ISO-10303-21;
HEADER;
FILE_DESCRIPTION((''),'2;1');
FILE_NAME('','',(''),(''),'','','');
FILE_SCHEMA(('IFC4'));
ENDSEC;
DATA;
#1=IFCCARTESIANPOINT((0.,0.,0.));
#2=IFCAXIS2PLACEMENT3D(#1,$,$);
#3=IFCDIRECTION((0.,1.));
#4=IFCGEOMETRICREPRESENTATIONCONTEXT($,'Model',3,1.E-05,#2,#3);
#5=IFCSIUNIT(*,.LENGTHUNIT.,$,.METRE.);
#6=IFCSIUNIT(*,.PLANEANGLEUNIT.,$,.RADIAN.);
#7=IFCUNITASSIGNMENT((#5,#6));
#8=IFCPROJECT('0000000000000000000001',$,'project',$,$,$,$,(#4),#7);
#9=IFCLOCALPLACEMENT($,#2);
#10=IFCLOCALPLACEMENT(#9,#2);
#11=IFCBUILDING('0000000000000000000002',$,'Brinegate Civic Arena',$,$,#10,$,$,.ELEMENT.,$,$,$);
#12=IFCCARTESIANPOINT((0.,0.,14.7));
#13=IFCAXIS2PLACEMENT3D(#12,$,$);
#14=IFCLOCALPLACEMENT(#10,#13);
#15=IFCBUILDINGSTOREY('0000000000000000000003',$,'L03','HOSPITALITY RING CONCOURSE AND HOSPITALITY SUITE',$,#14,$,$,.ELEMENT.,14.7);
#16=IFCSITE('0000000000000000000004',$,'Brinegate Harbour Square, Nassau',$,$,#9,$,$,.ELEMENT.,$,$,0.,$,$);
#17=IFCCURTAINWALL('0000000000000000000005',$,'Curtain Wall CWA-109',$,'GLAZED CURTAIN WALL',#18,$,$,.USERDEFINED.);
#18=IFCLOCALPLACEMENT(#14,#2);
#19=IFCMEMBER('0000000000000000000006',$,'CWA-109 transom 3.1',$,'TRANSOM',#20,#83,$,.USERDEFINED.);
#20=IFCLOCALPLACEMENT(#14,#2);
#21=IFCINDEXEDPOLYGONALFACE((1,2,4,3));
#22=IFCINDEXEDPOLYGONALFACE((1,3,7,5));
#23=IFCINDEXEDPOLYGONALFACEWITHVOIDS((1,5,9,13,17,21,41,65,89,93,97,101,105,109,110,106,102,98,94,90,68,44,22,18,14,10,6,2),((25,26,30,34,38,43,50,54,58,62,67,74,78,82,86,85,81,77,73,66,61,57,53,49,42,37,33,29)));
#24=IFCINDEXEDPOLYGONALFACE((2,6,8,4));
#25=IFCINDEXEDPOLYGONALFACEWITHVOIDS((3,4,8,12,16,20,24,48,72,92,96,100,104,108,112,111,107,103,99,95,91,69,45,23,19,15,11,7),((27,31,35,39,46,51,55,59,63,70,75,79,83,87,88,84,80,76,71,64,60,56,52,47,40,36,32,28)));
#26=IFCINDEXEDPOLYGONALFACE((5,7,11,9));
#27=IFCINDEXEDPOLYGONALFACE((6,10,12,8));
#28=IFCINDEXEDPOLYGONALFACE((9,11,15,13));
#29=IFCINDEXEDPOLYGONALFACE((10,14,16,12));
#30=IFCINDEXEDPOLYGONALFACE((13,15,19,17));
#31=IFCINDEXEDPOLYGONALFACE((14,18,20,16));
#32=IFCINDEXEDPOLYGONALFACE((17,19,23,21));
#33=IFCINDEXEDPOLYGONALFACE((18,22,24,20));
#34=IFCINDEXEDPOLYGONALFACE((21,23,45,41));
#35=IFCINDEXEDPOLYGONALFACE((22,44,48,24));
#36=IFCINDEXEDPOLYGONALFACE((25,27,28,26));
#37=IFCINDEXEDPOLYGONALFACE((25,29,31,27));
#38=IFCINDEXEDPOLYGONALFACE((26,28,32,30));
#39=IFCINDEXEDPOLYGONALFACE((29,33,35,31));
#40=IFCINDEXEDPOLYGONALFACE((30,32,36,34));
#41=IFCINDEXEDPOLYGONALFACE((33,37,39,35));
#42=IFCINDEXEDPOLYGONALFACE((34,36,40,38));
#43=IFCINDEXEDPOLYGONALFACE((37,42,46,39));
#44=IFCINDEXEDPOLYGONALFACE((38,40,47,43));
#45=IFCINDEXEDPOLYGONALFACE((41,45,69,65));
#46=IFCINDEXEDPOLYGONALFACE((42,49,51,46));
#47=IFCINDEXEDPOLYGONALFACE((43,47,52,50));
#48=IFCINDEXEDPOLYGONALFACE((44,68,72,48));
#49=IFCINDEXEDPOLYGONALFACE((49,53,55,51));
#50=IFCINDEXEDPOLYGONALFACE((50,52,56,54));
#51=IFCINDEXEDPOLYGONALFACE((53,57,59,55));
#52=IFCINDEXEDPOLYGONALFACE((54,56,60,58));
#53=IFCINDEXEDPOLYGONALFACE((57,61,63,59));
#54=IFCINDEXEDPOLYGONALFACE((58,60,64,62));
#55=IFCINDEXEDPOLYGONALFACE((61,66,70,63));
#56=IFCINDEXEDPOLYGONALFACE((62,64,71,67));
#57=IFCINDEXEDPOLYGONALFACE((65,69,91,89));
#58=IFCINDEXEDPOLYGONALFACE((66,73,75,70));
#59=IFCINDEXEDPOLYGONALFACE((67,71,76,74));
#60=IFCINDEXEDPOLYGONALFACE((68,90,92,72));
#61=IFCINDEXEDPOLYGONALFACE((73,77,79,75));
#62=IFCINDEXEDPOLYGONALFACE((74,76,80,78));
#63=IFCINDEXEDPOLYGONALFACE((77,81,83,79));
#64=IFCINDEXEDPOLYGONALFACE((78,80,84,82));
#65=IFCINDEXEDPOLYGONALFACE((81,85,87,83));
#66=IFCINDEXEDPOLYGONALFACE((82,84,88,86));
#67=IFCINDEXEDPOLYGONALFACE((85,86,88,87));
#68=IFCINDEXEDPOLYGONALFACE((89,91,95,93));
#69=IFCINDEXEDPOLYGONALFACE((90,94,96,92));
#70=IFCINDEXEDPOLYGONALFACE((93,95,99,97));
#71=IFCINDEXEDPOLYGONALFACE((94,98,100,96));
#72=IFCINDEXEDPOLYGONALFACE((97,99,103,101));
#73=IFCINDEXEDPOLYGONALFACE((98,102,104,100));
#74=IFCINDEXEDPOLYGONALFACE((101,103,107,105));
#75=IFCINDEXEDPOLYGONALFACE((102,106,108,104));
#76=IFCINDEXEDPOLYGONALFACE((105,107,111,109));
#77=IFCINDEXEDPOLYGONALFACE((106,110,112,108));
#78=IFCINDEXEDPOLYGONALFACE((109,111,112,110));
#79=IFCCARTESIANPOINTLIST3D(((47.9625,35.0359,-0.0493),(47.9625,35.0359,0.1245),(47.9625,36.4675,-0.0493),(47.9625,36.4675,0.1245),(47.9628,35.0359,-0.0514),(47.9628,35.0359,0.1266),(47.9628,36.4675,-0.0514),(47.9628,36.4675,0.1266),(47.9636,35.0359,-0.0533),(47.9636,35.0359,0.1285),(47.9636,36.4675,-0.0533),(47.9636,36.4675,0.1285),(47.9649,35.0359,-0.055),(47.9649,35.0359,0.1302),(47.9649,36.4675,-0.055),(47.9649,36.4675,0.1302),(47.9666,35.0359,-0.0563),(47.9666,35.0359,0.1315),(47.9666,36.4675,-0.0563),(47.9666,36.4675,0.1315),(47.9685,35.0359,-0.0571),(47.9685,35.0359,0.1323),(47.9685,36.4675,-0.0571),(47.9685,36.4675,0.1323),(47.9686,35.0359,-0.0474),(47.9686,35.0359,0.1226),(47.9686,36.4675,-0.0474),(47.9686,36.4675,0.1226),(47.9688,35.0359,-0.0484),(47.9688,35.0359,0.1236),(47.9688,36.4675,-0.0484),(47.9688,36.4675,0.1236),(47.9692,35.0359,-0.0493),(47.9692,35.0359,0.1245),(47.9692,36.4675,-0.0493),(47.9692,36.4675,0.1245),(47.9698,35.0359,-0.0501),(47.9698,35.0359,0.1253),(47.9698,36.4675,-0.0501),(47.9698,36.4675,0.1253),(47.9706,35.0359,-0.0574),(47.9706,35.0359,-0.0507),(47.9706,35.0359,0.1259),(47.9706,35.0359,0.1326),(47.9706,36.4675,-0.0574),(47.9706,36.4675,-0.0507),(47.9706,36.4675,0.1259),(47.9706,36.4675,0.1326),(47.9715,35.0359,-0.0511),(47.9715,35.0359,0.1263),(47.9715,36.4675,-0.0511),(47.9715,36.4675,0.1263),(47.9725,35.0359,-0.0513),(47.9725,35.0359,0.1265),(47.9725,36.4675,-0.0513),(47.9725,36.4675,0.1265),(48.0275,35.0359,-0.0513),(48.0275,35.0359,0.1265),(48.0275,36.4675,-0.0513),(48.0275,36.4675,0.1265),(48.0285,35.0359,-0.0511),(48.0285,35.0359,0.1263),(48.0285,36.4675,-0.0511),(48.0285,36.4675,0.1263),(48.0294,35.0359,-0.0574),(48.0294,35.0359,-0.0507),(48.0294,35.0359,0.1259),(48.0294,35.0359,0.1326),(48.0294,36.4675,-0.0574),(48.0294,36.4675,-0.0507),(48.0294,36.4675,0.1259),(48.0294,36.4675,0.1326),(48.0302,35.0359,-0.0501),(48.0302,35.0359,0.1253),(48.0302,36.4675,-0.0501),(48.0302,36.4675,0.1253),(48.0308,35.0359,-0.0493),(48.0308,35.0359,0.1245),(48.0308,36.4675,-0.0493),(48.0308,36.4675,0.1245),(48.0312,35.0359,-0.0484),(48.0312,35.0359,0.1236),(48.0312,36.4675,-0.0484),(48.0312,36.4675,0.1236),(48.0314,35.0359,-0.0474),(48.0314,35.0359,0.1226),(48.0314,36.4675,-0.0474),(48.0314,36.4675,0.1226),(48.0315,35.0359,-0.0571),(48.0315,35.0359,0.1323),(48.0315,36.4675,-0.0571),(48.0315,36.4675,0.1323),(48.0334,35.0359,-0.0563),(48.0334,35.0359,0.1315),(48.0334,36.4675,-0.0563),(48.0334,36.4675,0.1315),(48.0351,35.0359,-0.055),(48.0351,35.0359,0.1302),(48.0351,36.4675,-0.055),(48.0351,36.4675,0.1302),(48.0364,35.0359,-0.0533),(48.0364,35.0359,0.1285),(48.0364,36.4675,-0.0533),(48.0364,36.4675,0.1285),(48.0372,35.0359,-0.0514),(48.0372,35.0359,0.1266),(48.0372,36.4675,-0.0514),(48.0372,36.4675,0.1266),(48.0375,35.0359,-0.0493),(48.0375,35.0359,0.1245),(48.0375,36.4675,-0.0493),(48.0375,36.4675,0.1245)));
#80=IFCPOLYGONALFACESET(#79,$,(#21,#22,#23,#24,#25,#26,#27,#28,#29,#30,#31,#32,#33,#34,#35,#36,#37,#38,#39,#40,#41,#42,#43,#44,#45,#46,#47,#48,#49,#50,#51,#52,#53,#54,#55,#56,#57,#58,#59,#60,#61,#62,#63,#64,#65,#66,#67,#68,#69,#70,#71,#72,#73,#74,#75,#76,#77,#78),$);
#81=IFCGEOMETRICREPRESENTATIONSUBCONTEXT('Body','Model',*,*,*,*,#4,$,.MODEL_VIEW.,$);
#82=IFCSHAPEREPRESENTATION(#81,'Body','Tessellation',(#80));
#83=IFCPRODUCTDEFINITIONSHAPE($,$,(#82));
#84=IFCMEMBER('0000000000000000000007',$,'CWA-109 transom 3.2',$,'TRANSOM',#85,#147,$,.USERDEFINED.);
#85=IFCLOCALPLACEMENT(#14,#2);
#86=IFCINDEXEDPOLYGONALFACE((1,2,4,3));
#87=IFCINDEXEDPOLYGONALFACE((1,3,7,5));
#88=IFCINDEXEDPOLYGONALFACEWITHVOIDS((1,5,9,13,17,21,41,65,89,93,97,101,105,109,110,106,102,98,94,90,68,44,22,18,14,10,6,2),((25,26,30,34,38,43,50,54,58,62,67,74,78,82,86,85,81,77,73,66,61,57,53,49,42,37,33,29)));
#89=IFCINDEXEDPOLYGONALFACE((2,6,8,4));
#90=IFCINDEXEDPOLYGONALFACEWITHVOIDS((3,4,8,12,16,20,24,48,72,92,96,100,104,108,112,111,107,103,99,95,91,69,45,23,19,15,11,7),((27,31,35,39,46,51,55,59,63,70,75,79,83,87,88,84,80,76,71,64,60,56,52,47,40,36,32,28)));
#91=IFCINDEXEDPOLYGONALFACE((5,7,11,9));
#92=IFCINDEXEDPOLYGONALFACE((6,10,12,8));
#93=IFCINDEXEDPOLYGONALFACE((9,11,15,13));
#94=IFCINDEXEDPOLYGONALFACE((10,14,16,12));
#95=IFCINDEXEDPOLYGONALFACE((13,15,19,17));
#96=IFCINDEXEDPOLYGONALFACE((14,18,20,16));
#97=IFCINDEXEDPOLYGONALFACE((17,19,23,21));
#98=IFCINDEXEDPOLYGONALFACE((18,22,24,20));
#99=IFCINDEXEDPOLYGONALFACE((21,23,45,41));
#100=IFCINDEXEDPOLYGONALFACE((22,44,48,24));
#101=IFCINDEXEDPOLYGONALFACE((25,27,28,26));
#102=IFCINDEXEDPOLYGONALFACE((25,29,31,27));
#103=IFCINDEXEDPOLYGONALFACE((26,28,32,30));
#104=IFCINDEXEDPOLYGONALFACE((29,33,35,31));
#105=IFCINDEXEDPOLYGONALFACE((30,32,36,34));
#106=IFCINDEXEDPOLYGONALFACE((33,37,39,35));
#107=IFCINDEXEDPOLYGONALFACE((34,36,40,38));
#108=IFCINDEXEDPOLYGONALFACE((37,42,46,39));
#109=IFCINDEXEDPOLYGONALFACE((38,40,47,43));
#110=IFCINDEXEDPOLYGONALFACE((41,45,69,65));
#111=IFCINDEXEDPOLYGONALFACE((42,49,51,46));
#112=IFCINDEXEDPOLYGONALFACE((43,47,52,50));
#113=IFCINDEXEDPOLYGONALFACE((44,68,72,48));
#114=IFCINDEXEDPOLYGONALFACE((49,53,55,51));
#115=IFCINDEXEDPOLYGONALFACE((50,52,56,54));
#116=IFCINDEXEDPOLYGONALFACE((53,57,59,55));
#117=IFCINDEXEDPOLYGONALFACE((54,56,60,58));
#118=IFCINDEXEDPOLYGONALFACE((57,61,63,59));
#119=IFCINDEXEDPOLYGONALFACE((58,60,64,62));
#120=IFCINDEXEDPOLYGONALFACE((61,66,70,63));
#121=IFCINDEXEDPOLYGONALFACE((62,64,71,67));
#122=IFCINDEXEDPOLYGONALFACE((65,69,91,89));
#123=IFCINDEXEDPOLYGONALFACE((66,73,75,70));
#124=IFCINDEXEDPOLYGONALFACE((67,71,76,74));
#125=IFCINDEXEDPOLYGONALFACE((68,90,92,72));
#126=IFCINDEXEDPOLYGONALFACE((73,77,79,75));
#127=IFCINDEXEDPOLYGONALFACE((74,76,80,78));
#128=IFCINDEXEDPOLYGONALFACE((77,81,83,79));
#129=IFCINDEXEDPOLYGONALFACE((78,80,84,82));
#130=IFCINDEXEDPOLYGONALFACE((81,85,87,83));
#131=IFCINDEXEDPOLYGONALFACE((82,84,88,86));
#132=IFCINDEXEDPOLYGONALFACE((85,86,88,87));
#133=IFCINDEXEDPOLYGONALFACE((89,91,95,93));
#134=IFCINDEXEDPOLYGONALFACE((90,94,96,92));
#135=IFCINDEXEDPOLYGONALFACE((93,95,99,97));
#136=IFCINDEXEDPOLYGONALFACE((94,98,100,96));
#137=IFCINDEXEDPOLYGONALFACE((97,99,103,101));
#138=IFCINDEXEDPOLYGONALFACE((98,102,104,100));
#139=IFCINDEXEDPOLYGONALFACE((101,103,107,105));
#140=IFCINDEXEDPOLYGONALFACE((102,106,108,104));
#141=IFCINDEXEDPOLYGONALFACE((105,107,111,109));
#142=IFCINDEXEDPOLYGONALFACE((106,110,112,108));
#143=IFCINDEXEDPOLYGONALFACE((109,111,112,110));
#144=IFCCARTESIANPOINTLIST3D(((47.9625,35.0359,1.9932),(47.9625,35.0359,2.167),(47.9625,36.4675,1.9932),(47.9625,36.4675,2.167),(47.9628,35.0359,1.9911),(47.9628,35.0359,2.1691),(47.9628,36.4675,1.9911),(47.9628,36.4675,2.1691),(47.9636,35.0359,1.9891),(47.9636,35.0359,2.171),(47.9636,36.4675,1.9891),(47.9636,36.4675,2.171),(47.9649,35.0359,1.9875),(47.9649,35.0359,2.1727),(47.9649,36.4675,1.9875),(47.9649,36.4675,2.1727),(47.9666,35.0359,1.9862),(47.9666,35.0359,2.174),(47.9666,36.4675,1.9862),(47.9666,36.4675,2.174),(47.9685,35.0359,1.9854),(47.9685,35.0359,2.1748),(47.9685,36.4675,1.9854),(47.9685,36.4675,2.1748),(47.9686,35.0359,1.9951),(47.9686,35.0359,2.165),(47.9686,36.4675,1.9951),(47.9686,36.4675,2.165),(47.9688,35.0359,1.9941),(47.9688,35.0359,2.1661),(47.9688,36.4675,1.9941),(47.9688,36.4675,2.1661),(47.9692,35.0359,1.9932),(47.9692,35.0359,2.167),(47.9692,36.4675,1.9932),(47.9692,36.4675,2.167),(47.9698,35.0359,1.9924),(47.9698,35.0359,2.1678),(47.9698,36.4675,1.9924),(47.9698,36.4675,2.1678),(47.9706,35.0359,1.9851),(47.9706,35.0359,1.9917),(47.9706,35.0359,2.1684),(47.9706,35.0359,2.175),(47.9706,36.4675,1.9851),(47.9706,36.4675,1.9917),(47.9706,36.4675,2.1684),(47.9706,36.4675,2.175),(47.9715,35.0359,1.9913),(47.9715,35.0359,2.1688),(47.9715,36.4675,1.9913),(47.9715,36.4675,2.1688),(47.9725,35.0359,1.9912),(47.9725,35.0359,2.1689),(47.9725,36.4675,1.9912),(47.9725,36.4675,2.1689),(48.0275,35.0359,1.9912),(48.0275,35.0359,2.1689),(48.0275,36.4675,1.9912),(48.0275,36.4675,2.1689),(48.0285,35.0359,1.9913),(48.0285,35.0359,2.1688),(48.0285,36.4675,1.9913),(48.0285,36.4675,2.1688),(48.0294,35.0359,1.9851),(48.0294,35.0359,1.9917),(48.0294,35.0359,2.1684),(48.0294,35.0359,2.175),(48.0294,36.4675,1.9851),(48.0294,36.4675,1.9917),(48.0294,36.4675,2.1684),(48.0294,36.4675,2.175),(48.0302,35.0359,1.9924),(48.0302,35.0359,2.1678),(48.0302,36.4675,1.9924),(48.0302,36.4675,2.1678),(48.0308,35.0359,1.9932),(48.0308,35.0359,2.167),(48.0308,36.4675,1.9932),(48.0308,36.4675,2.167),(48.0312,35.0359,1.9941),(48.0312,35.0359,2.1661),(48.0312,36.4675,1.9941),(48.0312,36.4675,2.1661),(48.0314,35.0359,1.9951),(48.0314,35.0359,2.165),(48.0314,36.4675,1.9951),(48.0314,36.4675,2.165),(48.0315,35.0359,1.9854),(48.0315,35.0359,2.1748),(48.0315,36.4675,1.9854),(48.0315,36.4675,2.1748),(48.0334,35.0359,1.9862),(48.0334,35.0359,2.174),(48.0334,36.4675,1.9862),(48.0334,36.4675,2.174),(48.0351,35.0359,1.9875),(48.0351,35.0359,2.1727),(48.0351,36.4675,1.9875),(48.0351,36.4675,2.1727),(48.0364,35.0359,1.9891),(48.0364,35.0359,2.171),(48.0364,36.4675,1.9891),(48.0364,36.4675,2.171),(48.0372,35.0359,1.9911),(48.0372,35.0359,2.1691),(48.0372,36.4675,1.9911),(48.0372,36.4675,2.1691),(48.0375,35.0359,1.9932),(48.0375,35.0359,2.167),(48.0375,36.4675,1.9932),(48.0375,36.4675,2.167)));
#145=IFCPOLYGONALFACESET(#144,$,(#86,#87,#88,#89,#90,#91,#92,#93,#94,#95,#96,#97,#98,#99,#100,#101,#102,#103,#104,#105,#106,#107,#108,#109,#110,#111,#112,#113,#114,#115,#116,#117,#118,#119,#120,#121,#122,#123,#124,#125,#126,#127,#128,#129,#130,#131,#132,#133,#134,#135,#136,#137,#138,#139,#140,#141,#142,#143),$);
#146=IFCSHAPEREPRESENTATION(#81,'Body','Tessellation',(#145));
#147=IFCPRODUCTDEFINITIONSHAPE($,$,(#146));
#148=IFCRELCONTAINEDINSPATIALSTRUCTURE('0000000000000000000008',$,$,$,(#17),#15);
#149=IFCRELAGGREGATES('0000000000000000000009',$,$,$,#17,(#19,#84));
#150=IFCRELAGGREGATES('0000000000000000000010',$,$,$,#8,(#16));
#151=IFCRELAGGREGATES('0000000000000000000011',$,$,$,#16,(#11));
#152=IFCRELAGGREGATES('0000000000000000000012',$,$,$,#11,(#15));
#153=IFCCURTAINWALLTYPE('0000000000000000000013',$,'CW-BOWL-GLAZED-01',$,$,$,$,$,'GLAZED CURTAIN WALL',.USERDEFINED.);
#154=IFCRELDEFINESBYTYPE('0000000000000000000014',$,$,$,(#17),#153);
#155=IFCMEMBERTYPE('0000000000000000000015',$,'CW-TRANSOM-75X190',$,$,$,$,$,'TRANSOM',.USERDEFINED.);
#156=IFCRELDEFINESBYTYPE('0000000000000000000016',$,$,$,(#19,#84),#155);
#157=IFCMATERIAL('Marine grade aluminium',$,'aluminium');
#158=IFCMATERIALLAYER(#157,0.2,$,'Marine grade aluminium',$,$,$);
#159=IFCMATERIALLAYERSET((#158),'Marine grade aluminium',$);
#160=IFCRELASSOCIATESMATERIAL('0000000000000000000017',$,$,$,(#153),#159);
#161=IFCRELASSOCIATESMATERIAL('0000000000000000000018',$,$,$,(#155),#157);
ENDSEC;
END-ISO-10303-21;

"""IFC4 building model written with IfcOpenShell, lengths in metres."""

from ifc_helpers import new_model, si_unit, direction, frame, origin, origin_2d, place, context, subcontext, project, spatial, hollow_rectangle, extrude, material, layer, layer_set, material_profile, profile_set, type_object, element, aggregate, save


model = new_model("IFC4")

# Units and contexts
model_context = context("Model", 3, precision=1e-05, world=origin(), true_north=direction((0.0, 1.0)))
body_context = subcontext(model_context, "Body", "Model", "MODEL_VIEW")
ifc_project = project(units=[si_unit("LENGTHUNIT", "METRE"), si_unit("PLANEANGLEUNIT", "RADIAN")], contexts=[model_context])

# Site, building, storey
site_placement = place(None, origin())
site = spatial("IfcSite", under=ifc_project, at=site_placement, Name="Brinegate Harbour Square, Nassau", CompositionType="ELEMENT", RefElevation=0.0)
building_placement = place(site_placement, origin())
building = spatial("IfcBuilding", under=site, at=building_placement, Name="Brinegate Civic Arena", CompositionType="ELEMENT")
storey_placement = place(building_placement, frame((0.0, 0.0, 14.7)))
storey = spatial("IfcBuildingStorey", under=building, at=storey_placement, Name="L03", Description="HOSPITALITY RING CONCOURSE AND HOSPITALITY SUITE", CompositionType="ELEMENT", Elevation=14.7)

# Curtain wall
ifc_material_1 = material(Name="Marine grade aluminium", Category="aluminium")
ifc_layer_1 = layer(ifc_material_1, 0.2, Name="Marine grade aluminium")
ifc_layer_set_1 = layer_set([ifc_layer_1], Name="Marine grade aluminium")
curtain_wall_type = type_object("IfcCurtainWallType", Name="CW-BOWL-GLAZED-01", ElementType="GLAZED CURTAIN WALL", PredefinedType="USERDEFINED", material=ifc_layer_set_1)
curtain_wall_1_placement = place(storey_placement, origin())
curtain_wall_1 = element("IfcCurtainWall", 1, at=curtain_wall_1_placement, inside=storey, type_object=curtain_wall_type, Name="Curtain Wall CWA-109", ObjectType="GLAZED CURTAIN WALL", PredefinedType="USERDEFINED")

# Members
ifc_material_profile_1 = material_profile(ifc_material_1, hollow_rectangle(XDim=0.075, YDim=0.1899, WallThickness=0.0061, InnerFilletRadius=0.0039, OuterFilletRadius=0.0081, at=origin_2d()), Name="TRN75X190")
ifc_profile_set_1 = profile_set([ifc_material_profile_1], Name="Marine grade aluminium")
member_type_1 = type_object("IfcMemberType", Name="CW-TRANSOM-75X190", ElementType="TRANSOM", PredefinedType="USERDEFINED", material=ifc_profile_set_1)
member_1_placement = place(storey_placement, frame((48.0, 35.0359, 0.0376), z_axis=(0.0, 1.0, 0.0), x_axis=(-1.0, 0.0, 0.0)))
member_1 = element("IfcMember", 2, at=member_1_placement, type_object=member_type_1, Name="CWA-109 transom 3.1", ObjectType="TRANSOM", PredefinedType="USERDEFINED", context=body_context, shape_type="SweptSolid", body=[
    extrude(hollow_rectangle(XDim=0.075, YDim=0.1899, WallThickness=0.0061, InnerFilletRadius=0.0039, OuterFilletRadius=0.0081, at=origin_2d()), origin(), (0.0, 0.0, 1.0), 1.4316),
])
member_2_placement = place(storey_placement, frame((48.0, 35.0359, 2.0801), z_axis=(0.0, 1.0, 0.0), x_axis=(-1.0, 0.0, 0.0)))
member_2 = element("IfcMember", 3, at=member_2_placement, type_object=member_type_1, Name="CWA-109 transom 3.2", ObjectType="TRANSOM", PredefinedType="USERDEFINED", context=body_context, shape_type="SweptSolid", body=[
    extrude(hollow_rectangle(XDim=0.075, YDim=0.1899, WallThickness=0.0061, InnerFilletRadius=0.0039, OuterFilletRadius=0.0081, at=origin_2d()), origin(), (0.0, 0.0, 1.0), 1.4316),
])

aggregate(curtain_wall_1, [member_1, member_2])

save(model, "model.ifc")
